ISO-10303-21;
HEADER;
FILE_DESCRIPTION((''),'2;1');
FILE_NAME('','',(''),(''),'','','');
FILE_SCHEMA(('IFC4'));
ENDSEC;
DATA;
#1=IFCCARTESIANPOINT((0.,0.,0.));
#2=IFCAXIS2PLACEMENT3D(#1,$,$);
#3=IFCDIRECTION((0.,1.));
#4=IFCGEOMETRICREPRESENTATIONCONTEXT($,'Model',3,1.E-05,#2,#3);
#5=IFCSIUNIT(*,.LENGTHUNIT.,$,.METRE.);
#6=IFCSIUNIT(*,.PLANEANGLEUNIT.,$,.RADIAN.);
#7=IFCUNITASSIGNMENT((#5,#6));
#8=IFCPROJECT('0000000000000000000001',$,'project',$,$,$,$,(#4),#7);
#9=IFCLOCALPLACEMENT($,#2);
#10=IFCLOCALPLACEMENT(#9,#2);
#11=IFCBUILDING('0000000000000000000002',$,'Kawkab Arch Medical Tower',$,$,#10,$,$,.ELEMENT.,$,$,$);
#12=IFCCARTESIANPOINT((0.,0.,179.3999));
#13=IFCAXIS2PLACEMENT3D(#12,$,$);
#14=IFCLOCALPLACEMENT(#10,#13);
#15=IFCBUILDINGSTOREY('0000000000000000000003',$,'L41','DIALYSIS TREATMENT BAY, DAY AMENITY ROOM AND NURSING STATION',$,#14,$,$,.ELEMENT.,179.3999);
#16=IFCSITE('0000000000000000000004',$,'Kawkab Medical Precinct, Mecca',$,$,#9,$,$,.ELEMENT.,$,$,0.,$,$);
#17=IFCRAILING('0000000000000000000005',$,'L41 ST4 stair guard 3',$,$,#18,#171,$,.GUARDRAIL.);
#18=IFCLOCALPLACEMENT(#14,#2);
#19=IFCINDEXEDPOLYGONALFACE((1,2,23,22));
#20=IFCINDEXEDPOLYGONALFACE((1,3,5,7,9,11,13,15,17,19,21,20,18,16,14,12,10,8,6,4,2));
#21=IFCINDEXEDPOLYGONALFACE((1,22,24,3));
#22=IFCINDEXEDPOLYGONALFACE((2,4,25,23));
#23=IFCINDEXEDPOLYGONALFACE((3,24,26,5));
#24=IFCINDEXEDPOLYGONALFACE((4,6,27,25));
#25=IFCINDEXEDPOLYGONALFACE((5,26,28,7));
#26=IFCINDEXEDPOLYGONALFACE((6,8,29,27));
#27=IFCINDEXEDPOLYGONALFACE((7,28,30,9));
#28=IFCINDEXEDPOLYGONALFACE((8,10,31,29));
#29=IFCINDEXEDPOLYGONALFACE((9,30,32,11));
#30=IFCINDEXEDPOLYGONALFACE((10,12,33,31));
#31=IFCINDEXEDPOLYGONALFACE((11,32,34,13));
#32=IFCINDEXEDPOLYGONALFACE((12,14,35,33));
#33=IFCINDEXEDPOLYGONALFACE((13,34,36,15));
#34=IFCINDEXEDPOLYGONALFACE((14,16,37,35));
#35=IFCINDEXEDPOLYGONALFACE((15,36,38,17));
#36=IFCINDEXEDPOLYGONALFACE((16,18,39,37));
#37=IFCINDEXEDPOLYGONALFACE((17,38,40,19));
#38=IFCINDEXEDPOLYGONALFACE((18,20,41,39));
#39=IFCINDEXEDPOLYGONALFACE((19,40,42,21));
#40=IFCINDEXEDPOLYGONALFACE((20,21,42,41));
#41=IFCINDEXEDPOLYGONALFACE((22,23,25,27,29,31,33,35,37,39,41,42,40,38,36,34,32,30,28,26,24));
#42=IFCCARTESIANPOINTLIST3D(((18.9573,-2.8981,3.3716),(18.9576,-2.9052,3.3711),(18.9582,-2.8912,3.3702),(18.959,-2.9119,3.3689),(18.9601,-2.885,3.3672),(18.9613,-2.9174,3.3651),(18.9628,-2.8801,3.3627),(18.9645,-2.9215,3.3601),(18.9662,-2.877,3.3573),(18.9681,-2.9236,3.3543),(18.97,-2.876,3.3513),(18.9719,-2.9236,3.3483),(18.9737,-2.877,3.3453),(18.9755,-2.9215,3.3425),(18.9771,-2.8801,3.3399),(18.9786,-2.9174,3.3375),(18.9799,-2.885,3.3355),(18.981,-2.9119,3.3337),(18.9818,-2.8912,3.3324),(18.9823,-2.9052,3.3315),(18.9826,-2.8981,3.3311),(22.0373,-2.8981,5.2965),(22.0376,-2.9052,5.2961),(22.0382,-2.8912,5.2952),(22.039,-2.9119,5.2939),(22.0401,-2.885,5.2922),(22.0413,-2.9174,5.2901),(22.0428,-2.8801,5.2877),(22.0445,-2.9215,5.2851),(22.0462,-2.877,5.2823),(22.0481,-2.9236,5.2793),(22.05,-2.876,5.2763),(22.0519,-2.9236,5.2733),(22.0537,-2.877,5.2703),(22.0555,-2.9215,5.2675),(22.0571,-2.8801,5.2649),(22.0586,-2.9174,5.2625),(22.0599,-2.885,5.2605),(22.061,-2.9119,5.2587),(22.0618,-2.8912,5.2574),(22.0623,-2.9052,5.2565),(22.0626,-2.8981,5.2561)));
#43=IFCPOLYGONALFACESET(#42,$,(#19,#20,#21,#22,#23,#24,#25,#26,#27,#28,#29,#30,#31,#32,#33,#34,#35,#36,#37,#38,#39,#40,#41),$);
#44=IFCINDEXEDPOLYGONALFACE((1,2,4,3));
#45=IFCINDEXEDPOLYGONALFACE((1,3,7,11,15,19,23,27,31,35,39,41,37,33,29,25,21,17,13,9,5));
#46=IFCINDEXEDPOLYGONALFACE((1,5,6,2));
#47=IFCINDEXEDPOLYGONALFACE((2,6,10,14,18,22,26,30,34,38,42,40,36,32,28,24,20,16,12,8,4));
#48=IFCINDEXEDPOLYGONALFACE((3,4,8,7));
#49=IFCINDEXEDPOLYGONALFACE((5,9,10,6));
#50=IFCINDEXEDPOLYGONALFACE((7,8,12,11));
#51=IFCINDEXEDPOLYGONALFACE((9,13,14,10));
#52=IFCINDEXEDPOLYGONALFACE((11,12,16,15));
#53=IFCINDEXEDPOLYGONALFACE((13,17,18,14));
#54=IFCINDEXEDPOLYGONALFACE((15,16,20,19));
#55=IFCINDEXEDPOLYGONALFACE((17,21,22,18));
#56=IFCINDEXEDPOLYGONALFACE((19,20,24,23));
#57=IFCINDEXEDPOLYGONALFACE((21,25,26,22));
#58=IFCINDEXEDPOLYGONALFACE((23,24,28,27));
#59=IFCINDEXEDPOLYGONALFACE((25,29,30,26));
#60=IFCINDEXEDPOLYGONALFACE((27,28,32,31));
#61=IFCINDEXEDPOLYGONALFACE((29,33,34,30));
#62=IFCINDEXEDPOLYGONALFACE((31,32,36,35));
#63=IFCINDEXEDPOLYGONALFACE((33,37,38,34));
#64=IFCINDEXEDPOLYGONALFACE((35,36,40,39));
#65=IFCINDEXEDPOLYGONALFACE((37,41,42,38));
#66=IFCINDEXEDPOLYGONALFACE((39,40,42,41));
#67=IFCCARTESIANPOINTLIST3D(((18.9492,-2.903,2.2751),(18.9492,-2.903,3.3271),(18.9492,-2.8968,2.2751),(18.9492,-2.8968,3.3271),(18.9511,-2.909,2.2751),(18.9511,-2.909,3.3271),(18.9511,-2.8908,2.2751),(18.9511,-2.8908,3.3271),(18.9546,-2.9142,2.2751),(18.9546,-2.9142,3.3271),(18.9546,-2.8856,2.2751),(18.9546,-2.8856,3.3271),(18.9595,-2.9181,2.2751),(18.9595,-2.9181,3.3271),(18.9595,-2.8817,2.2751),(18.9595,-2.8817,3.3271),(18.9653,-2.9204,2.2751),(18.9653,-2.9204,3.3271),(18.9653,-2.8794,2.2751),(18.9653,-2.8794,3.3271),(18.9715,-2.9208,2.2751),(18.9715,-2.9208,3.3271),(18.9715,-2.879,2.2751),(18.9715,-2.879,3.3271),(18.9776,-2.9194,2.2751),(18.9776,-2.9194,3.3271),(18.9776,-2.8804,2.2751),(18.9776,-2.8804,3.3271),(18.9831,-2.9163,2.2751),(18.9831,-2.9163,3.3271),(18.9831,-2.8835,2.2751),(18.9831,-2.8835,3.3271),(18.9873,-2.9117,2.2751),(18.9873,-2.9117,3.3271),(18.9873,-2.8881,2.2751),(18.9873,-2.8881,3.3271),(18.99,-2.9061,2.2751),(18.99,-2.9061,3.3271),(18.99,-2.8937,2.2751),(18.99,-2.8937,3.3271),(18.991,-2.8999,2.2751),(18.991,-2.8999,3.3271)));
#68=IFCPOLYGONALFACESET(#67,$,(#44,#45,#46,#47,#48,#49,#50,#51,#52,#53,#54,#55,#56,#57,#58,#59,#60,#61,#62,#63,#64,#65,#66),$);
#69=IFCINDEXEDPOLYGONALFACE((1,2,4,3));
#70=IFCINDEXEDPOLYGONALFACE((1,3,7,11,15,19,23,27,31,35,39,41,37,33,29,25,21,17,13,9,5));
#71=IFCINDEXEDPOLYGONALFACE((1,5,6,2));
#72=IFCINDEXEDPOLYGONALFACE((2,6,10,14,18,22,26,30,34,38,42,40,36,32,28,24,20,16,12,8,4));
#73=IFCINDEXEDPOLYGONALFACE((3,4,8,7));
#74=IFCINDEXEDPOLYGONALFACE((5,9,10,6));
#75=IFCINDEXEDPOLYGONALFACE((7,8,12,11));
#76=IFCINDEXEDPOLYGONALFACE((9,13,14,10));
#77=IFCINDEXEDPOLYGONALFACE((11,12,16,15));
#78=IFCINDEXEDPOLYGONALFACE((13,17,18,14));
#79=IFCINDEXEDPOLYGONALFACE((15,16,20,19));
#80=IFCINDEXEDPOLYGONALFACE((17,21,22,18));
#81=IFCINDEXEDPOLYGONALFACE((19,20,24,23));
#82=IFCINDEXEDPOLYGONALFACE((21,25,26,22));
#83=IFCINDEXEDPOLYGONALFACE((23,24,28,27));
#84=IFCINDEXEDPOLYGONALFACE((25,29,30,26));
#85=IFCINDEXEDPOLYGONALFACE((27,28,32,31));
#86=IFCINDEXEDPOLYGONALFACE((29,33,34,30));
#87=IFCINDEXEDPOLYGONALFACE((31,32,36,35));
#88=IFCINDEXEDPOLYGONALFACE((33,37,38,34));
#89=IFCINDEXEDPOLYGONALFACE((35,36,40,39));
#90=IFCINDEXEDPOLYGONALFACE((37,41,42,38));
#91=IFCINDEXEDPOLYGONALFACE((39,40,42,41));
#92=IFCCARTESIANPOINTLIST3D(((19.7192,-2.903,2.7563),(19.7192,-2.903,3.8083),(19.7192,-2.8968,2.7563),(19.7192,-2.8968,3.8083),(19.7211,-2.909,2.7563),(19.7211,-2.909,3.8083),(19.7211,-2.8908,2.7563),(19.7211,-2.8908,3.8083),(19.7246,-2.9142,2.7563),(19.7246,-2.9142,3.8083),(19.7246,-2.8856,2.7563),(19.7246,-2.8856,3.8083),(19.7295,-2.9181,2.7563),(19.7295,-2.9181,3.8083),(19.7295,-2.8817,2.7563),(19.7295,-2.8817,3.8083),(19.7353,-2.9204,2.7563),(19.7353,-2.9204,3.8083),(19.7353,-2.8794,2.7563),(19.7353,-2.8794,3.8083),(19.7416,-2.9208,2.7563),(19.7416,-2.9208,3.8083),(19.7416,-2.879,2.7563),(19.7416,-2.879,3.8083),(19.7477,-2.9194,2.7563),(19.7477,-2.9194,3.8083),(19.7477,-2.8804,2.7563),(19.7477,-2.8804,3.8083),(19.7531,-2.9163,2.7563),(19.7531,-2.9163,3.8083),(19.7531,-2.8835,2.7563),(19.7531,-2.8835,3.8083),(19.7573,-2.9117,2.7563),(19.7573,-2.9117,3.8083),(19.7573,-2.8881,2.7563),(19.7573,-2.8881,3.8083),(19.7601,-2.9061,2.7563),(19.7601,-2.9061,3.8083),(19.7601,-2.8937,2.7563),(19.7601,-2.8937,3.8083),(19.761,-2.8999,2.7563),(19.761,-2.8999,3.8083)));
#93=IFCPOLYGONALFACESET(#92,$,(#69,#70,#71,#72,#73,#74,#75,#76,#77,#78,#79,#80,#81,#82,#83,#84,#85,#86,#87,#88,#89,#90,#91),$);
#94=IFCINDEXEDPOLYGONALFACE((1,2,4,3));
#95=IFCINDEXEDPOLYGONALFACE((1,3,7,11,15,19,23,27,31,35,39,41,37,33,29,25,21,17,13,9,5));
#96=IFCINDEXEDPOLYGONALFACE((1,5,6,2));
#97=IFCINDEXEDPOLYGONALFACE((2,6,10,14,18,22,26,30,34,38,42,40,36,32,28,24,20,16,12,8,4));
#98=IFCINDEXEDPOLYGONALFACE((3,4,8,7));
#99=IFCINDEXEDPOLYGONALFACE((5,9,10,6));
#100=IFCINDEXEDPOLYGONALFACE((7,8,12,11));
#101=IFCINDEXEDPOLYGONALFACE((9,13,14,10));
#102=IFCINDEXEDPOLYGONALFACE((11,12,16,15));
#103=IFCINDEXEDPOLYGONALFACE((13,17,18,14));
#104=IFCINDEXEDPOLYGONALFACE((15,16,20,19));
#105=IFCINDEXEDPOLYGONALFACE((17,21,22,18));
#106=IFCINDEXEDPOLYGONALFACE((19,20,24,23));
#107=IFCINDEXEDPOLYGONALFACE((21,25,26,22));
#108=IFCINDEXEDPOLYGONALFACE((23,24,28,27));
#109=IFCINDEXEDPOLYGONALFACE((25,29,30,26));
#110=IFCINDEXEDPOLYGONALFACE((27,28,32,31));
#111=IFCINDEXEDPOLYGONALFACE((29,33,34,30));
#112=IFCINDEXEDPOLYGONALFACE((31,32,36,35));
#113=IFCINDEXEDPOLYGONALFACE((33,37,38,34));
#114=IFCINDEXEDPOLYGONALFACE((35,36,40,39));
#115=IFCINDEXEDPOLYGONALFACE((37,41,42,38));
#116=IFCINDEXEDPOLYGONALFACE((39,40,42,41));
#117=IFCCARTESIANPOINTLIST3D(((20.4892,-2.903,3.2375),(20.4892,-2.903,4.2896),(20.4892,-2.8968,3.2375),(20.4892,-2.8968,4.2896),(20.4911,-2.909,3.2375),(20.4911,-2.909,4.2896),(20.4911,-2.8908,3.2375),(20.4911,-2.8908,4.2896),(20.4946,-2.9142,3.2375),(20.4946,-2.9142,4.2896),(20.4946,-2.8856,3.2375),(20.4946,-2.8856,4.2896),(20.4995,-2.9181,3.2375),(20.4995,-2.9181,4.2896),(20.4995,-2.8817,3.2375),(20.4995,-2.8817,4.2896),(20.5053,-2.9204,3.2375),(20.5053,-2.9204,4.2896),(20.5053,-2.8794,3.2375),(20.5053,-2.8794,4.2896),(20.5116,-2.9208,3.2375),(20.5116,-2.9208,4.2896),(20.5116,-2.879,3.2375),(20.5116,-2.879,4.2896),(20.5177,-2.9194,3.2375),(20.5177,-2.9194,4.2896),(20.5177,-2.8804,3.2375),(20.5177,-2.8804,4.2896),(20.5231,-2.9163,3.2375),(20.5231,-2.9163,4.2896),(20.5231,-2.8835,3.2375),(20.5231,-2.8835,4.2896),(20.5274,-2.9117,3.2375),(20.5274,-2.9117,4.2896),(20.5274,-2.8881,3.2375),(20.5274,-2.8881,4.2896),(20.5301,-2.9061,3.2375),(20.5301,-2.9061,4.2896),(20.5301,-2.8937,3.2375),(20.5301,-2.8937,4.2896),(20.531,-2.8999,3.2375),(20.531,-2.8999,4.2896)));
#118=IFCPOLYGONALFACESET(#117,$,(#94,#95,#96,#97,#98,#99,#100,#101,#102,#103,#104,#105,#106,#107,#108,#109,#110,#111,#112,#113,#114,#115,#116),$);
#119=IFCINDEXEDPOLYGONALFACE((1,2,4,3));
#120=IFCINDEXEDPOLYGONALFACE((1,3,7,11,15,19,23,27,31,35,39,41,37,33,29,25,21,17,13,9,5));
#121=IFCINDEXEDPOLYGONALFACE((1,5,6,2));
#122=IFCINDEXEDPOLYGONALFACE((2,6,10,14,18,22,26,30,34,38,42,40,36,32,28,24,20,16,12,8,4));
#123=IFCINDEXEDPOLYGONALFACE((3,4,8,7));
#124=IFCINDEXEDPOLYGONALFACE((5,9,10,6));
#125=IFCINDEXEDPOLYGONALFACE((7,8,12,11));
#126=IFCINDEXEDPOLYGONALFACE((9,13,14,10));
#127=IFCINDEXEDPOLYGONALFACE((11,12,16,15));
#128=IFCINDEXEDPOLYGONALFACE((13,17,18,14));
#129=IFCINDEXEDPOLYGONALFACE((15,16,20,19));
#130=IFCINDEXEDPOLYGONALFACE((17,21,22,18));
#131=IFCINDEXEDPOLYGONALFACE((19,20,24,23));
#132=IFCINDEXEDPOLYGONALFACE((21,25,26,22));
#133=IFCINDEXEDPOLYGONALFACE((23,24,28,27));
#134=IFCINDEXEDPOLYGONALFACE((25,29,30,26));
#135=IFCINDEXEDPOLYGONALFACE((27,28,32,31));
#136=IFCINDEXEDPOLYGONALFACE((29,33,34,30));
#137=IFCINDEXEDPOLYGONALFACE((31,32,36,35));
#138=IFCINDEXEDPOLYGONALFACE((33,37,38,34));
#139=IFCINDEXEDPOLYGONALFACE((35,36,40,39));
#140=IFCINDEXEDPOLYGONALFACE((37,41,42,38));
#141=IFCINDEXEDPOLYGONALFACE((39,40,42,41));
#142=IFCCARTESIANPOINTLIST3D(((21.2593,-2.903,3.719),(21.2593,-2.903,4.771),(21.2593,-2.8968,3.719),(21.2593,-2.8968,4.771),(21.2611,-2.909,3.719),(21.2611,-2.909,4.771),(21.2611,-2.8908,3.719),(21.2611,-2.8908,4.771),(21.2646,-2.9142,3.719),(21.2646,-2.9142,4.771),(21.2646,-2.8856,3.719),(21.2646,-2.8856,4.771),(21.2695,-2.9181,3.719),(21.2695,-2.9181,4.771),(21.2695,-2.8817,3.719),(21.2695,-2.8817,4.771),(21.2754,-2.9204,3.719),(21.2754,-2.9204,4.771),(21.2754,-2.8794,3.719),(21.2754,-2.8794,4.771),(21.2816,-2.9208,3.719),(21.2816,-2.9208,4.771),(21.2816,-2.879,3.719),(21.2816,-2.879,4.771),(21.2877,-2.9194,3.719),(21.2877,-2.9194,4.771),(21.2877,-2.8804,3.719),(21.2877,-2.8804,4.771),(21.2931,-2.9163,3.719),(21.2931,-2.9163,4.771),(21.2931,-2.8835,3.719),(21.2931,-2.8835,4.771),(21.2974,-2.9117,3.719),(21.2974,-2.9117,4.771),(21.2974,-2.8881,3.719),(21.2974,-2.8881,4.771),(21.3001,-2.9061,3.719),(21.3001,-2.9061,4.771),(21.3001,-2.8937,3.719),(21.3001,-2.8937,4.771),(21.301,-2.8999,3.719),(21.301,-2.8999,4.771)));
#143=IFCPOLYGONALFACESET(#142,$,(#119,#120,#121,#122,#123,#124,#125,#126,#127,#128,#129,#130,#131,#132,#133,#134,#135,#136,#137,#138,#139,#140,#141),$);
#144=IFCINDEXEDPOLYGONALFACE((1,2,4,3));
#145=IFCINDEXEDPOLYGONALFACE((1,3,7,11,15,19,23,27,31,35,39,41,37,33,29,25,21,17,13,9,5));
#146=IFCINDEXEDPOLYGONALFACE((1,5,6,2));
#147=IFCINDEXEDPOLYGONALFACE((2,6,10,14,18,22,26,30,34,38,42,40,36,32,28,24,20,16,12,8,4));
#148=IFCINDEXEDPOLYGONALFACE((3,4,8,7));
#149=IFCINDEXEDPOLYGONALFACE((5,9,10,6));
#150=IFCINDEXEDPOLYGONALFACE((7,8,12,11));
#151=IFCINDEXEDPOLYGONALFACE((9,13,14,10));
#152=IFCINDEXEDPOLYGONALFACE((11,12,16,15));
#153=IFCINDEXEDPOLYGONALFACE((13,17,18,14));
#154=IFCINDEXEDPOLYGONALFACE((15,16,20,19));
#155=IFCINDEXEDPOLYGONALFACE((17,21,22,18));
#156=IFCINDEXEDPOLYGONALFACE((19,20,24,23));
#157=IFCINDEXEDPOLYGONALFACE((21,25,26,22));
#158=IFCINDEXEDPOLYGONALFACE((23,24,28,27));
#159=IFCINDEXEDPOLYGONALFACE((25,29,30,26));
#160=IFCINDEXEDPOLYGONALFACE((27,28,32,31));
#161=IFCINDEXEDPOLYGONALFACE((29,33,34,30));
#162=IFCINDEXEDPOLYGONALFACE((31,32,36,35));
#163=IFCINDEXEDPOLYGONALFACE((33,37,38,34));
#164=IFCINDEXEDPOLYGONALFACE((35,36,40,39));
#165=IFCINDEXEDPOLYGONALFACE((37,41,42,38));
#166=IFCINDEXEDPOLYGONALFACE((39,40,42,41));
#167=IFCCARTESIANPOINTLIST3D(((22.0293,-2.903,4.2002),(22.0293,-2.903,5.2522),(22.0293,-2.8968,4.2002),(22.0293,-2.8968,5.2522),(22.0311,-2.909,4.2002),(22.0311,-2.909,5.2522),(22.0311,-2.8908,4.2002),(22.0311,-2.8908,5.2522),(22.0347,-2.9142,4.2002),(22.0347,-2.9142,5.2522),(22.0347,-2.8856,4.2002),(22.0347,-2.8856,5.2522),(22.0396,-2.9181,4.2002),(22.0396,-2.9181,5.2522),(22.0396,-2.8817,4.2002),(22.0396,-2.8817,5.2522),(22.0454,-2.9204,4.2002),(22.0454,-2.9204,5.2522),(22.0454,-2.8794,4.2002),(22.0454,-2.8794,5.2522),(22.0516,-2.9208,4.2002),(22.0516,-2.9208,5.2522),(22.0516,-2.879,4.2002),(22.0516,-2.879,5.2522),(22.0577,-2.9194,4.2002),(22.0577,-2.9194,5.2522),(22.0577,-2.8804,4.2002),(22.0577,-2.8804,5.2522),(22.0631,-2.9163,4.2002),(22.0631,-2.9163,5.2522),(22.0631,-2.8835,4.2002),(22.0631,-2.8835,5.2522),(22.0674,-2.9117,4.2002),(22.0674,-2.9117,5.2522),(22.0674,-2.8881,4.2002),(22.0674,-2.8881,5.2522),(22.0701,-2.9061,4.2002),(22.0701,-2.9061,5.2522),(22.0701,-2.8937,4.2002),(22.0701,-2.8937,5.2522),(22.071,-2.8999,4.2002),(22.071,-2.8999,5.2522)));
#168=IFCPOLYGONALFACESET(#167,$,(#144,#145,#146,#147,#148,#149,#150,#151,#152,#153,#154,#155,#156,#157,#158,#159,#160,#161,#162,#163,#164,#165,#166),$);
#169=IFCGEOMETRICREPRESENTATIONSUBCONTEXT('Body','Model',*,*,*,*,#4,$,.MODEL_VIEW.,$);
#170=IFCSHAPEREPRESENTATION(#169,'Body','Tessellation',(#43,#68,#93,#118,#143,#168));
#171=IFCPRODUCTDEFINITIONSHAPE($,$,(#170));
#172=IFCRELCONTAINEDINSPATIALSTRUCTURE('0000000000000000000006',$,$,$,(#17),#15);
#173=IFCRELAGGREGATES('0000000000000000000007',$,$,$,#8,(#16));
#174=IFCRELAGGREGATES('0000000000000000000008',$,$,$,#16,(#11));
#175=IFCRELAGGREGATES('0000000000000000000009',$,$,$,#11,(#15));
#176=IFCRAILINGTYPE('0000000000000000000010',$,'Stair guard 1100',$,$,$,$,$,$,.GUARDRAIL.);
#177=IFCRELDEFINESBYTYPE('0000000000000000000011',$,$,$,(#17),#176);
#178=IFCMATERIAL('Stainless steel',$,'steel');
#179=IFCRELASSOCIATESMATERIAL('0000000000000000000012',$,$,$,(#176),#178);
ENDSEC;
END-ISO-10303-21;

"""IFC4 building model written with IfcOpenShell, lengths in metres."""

from ifc_helpers import new_model, si_unit, direction, frame, origin, origin_2d, place, context, subcontext, project, spatial, circle, extrude, material, type_object, element, save


model = new_model("IFC4")

# Units and contexts
model_context = context("Model", 3, precision=1e-05, world=origin(), true_north=direction((0.0, 1.0)))
body_context = subcontext(model_context, "Body", "Model", "MODEL_VIEW")
ifc_project = project(units=[si_unit("LENGTHUNIT", "METRE"), si_unit("PLANEANGLEUNIT", "RADIAN")], contexts=[model_context])

# Site, building, storey
site_placement = place(None, origin())
site = spatial("IfcSite", under=ifc_project, at=site_placement, Name="Kawkab Medical Precinct, Mecca", CompositionType="ELEMENT", RefElevation=0.0)
building_placement = place(site_placement, origin())
building = spatial("IfcBuilding", under=site, at=building_placement, Name="Kawkab Arch Medical Tower", CompositionType="ELEMENT")
storey_placement = place(building_placement, frame((0.0, 0.0, 179.3999)))
storey = spatial("IfcBuildingStorey", under=building, at=storey_placement, Name="L41", Description="DIALYSIS TREATMENT BAY, DAY AMENITY ROOM AND NURSING STATION", CompositionType="ELEMENT", Elevation=179.3999)

# Railing
ifc_material_1 = material(Name="Stainless steel", Category="steel")
railing_type_1 = type_object("IfcRailingType", Name="Stair guard 1100", PredefinedType="GUARDRAIL", material=ifc_material_1)
railing_1_placement = place(storey_placement, frame((18.97, -2.8999, 2.2751)))
element("IfcRailing", 1, at=railing_1_placement, inside=storey, type_object=railing_type_1, Name="L41 ST4 stair guard 3", PredefinedType="GUARDRAIL", context=body_context, shape_type="SweptSolid", body=[
    extrude(circle(Radius=0.0239, at=origin_2d()), frame((0.0, 0.0, 1.0762), z_axis=(0.847998, 0.0, 0.529999), x_axis=(0.0, 1.0, 0.0)), (0.0, 0.0, 1.0), 3.6321),
    extrude(circle(Radius=0.021, at=origin_2d()), origin(), (0.0, 0.0, 1.0), 1.052),
    extrude(circle(Radius=0.021, at=origin_2d()), frame((0.77, 0.0, 0.4812)), (0.0, 0.0, 1.0), 1.052),
    extrude(circle(Radius=0.021, at=origin_2d()), frame((1.54, 0.0, 0.9624)), (0.0, 0.0, 1.0), 1.052),
    extrude(circle(Radius=0.021, at=origin_2d()), frame((2.3101, 0.0, 1.4438)), (0.0, 0.0, 1.0), 1.052),
    extrude(circle(Radius=0.021, at=origin_2d()), frame((3.0801, 0.0, 1.925)), (0.0, 0.0, 1.0), 1.052),
])

save(model, "model.ifc")
